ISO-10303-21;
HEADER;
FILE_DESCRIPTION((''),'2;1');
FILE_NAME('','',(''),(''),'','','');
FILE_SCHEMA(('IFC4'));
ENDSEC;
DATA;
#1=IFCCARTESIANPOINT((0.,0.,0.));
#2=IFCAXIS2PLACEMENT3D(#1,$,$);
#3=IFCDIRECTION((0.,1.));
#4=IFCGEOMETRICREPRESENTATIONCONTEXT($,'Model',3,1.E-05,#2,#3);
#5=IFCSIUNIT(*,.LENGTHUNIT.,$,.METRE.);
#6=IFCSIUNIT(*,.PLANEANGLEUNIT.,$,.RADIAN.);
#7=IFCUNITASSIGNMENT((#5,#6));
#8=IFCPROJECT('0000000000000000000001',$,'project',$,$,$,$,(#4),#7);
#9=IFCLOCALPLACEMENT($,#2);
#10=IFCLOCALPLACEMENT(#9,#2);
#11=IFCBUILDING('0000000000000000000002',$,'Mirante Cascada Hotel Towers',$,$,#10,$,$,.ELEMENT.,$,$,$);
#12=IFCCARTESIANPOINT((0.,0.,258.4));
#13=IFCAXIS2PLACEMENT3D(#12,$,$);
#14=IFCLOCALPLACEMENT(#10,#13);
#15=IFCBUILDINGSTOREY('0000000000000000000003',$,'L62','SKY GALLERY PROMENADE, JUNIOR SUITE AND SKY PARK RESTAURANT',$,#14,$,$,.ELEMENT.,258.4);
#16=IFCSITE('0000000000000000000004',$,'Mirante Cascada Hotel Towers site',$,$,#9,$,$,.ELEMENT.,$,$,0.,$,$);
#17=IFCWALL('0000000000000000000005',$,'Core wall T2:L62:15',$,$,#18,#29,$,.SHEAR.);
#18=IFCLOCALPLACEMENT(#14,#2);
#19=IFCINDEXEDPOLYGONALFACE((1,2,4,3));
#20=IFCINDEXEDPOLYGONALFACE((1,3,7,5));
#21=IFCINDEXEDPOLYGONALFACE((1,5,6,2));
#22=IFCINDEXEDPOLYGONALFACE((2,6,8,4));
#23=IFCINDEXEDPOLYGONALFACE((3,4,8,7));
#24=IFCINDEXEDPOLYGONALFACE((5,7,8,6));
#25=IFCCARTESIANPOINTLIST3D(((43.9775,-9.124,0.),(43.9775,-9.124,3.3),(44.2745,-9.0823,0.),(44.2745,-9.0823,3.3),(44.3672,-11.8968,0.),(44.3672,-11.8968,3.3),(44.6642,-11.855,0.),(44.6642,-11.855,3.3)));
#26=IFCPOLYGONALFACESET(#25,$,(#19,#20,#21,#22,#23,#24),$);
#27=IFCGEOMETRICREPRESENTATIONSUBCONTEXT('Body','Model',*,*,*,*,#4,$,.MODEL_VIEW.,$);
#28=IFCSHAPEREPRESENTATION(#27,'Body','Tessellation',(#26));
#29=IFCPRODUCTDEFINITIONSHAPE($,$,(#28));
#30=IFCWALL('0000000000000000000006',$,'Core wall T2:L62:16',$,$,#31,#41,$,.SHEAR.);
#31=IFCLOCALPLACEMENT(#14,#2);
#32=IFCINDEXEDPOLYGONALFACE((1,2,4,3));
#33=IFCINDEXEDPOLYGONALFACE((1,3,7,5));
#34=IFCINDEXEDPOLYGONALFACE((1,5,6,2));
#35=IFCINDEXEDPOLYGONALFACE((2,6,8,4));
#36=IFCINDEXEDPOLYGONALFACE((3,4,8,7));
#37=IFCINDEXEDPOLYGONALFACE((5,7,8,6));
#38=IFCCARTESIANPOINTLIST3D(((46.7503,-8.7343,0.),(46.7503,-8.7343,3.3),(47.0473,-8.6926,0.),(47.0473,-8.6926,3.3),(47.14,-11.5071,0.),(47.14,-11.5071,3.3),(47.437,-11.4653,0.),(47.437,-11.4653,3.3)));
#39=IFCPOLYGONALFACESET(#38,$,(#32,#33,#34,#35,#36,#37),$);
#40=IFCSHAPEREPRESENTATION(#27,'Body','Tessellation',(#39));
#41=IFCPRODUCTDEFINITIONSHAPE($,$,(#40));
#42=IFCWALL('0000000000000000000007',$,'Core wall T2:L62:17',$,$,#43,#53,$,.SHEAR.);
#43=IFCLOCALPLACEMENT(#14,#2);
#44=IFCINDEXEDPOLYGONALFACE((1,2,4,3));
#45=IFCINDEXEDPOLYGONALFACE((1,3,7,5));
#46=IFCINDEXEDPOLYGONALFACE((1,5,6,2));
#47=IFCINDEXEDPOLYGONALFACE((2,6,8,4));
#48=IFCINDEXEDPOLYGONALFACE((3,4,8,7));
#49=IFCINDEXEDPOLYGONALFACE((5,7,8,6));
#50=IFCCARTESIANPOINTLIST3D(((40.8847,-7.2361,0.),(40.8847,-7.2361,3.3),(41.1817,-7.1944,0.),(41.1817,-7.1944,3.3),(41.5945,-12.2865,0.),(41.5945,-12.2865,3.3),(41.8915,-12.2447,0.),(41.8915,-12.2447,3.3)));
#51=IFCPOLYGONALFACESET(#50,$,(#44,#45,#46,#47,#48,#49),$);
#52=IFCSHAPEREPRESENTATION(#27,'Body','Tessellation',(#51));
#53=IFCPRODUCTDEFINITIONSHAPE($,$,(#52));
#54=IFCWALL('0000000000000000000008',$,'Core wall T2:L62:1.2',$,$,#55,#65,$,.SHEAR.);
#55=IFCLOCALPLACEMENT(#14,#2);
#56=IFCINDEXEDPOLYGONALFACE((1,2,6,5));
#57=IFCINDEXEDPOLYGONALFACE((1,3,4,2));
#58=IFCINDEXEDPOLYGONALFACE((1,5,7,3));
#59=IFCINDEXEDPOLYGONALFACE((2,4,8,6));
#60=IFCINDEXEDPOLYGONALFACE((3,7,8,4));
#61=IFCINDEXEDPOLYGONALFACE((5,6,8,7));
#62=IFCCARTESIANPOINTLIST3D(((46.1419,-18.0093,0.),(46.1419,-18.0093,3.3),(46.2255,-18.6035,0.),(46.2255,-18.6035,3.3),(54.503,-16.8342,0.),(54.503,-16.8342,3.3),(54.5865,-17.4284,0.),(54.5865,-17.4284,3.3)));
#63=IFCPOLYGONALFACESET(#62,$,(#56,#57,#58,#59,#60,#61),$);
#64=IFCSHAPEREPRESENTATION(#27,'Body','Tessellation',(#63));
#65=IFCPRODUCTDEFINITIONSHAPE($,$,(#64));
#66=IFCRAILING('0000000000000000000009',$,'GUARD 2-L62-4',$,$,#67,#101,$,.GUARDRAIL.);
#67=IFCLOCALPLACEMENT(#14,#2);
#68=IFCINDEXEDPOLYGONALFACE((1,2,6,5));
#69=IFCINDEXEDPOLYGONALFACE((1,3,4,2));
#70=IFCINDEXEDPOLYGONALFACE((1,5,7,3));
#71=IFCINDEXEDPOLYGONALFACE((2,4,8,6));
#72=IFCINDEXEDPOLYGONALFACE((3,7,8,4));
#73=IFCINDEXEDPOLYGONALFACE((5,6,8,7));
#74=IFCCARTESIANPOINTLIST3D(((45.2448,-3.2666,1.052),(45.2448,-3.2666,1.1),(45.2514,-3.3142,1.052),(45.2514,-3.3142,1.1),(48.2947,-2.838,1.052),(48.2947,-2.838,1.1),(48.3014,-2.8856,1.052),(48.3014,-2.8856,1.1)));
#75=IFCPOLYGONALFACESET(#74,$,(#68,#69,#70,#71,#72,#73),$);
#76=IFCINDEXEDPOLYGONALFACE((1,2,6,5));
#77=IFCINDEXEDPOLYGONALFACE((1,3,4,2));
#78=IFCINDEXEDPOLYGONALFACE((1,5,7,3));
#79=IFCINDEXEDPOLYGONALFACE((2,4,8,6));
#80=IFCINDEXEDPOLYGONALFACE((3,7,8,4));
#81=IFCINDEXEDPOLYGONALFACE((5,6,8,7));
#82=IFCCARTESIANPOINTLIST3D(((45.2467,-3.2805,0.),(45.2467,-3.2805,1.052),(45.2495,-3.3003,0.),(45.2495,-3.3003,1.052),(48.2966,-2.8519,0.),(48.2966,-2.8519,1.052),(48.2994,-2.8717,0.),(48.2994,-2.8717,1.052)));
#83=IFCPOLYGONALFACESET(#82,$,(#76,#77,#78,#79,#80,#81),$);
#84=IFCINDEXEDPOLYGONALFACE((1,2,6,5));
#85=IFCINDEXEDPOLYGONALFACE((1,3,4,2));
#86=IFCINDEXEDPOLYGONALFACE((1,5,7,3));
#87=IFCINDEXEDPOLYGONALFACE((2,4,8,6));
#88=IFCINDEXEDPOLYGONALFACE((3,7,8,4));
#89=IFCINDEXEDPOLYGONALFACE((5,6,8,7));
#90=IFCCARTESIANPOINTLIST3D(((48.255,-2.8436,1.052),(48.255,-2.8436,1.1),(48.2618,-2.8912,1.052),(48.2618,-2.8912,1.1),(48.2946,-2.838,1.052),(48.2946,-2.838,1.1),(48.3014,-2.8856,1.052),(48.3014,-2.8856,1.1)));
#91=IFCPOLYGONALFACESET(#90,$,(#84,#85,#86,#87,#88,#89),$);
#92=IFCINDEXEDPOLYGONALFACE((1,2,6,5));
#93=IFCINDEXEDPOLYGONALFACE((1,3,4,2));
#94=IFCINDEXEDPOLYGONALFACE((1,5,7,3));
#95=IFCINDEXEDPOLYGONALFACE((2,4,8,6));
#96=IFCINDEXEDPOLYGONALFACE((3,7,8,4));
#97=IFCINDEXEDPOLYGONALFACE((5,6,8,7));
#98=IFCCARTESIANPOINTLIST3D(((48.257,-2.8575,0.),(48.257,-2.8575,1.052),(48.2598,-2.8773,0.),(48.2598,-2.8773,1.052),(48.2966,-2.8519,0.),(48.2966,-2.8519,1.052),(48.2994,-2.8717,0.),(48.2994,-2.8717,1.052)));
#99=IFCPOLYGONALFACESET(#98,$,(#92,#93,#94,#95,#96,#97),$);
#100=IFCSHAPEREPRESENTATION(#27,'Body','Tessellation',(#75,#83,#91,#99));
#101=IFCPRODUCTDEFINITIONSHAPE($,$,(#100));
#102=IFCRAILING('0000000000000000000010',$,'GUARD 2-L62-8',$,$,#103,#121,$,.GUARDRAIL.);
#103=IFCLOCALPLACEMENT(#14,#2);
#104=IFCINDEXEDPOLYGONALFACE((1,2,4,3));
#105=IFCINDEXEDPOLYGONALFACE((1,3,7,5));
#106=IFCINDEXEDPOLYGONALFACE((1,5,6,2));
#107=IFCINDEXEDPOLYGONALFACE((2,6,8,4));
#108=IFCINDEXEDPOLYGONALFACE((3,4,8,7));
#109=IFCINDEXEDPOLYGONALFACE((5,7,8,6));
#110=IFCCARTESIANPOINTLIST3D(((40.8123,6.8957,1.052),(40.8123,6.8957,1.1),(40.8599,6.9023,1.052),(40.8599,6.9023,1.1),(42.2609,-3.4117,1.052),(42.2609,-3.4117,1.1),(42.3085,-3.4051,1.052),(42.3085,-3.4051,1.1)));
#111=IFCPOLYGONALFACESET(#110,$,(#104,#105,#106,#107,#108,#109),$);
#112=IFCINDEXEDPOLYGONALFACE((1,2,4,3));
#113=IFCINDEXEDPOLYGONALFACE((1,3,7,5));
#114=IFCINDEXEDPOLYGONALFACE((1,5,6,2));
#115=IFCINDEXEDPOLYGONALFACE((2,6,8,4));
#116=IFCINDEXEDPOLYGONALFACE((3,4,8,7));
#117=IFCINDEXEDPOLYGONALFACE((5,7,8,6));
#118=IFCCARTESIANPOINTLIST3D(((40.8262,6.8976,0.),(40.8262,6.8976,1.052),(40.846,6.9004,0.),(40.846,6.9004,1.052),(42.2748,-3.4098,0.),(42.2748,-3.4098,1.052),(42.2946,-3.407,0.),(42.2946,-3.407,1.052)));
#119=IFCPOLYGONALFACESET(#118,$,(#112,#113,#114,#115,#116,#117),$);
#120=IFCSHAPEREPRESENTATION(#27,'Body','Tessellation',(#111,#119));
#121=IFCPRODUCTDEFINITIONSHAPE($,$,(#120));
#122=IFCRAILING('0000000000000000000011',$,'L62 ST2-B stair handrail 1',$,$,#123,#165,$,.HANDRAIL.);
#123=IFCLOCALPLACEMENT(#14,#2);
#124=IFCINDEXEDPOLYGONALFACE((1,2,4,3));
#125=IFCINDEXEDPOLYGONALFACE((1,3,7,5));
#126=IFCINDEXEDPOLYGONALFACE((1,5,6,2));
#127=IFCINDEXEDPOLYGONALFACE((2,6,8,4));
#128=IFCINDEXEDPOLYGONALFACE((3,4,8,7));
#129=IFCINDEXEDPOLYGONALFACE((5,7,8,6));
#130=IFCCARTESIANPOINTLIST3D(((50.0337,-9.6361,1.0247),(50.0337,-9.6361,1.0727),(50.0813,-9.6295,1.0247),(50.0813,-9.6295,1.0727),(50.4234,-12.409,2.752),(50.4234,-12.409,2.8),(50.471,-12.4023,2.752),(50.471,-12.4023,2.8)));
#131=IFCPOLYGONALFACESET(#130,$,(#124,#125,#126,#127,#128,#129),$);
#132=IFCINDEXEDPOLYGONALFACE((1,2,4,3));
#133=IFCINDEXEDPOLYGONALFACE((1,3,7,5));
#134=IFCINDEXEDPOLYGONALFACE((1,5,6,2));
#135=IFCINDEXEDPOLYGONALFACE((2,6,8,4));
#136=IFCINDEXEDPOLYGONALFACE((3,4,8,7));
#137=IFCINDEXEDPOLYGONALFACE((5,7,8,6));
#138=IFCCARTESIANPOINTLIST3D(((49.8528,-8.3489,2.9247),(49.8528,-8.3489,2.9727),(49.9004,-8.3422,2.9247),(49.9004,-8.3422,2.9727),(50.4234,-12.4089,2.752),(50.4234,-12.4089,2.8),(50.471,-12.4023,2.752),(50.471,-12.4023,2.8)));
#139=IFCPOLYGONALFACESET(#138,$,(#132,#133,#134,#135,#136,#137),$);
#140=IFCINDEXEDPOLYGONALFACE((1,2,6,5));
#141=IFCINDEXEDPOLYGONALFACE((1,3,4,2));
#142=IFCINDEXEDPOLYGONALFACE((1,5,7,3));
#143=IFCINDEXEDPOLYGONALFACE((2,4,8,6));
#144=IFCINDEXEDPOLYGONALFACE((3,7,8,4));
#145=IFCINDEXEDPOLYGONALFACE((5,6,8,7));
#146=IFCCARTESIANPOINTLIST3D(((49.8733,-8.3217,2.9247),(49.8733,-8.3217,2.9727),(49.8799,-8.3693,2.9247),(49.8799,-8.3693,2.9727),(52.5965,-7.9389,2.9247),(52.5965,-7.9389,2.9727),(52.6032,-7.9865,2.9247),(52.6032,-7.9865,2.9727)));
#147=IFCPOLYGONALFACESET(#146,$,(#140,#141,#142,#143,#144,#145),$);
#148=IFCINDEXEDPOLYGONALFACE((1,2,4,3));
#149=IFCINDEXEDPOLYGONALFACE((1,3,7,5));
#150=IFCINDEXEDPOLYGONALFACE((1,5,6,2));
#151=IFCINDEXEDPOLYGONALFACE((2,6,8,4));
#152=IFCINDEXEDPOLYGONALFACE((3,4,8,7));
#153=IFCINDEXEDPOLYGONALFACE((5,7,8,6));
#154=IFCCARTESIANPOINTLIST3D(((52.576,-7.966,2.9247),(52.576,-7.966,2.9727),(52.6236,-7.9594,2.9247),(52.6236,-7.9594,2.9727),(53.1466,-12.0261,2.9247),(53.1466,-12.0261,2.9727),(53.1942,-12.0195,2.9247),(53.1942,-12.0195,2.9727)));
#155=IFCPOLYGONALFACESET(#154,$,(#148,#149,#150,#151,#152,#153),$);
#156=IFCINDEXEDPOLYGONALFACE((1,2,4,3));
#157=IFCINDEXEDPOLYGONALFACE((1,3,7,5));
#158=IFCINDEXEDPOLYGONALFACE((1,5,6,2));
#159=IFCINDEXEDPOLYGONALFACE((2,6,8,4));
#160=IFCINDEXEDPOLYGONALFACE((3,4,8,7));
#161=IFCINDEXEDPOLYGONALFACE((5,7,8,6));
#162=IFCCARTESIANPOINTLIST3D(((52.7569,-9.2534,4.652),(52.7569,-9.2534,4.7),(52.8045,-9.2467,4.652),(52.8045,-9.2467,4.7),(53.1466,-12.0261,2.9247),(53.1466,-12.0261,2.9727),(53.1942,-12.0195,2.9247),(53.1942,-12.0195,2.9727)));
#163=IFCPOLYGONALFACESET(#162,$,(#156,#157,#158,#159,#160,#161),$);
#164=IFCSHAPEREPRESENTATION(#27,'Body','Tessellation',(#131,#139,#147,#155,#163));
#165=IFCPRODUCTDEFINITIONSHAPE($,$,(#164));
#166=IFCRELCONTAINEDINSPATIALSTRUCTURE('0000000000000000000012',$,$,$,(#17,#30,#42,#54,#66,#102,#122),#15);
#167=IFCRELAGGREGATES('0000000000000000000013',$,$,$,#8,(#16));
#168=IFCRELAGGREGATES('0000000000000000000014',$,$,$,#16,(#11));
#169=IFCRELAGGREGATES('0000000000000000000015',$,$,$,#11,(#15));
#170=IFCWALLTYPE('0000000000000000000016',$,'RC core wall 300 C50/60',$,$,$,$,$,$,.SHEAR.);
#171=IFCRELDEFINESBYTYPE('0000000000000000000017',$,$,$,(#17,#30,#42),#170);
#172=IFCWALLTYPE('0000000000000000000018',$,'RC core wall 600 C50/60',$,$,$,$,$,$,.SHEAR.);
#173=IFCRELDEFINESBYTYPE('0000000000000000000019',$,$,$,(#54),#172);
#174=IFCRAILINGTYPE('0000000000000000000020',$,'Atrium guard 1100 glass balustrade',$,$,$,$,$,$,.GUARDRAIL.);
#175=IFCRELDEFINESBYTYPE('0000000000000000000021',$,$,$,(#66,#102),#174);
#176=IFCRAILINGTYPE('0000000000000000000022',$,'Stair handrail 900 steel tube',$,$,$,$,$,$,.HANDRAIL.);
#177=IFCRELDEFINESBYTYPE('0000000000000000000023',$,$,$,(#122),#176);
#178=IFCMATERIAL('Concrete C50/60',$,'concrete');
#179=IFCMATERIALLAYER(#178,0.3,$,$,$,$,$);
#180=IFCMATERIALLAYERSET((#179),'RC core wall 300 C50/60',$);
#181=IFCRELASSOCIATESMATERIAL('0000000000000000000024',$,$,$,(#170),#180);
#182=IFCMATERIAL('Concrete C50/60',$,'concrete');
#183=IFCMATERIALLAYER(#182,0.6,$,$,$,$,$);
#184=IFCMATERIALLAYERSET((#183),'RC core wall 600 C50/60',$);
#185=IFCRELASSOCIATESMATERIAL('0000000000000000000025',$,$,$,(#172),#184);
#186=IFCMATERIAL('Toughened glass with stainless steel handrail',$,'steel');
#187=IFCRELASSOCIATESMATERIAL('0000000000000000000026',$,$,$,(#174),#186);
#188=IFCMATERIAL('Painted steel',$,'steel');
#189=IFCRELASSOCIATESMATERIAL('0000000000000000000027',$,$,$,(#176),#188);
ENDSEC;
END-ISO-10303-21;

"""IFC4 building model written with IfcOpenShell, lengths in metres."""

from ifc_helpers import new_model, si_unit, direction, frame, frame_2d, origin, origin_2d, place, context, subcontext, project, spatial, rectangle, extrude, material, layer, layer_set, type_object, element, save


model = new_model("IFC4")

# Units and contexts
model_context = context("Model", 3, precision=1e-05, world=origin(), true_north=direction((0.0, 1.0)))
body_context = subcontext(model_context, "Body", "Model", "MODEL_VIEW")
ifc_project = project(units=[si_unit("LENGTHUNIT", "METRE"), si_unit("PLANEANGLEUNIT", "RADIAN")], contexts=[model_context])

# Site, building, storey
site_placement = place(None, origin())
site = spatial("IfcSite", under=ifc_project, at=site_placement, Name="Mirante Cascada Hotel Towers site", CompositionType="ELEMENT", RefElevation=0.0)
building_placement = place(site_placement, origin())
building = spatial("IfcBuilding", under=site, at=building_placement, Name="Mirante Cascada Hotel Towers", CompositionType="ELEMENT")
storey_placement = place(building_placement, frame((0.0, 0.0, 258.4)))
storey = spatial("IfcBuildingStorey", under=building, at=storey_placement, Name="L62", Description="SKY GALLERY PROMENADE, JUNIOR SUITE AND SKY PARK RESTAURANT", CompositionType="ELEMENT", Elevation=258.4)

# Shared definitions
ifc_material_1 = material(Name="Concrete C50/60", Category="concrete")
ifc_layer_1 = layer(ifc_material_1, 0.3)
ifc_layer_set_1 = layer_set([ifc_layer_1], Name="RC core wall 300 C50/60")
wall_type_1 = type_object("IfcWallType", Name="RC core wall 300 C50/60", PredefinedType="SHEAR", material=ifc_layer_set_1)

# Walls
for number, where, z_axis, x_axis, name in (
    (1, (44.5157, -11.8759, 0.0), (0.0, 0.0, 1.0), (-0.139181, 0.990267, 0.0), "Core wall T2:L62:15"),
    (2, (47.2885, -11.4862, 0.0), (0.0, 0.0, 1.0), (-0.139181, 0.990267, 0.0), "Core wall T2:L62:16"),
):
    element("IfcWall", number, at=place(storey_placement, frame(where, z_axis=z_axis, x_axis=x_axis)), inside=storey, type_object=wall_type_1, Name=name, PredefinedType="SHEAR", context=body_context, shape_type="SweptSolid", body=[
        extrude(rectangle(XDim=2.8, YDim=0.3, at=frame_2d((1.4, 0.0))), origin(), (0.0, 0.0, 1.0), 3.3),
    ])
wall_1_placement = place(storey_placement, frame((41.743, -12.2656, 0.0), z_axis=(0.0, 0.0, 1.0), x_axis=(-0.139176, 0.990268, 0.0)))
element("IfcWall", 3, at=wall_1_placement, inside=storey, type_object=wall_type_1, Name="Core wall T2:L62:17", PredefinedType="SHEAR", context=body_context, shape_type="SweptSolid", body=[
    extrude(rectangle(XDim=5.1, YDim=0.3, at=frame_2d((2.55, 0.0))), origin(), (0.0, 0.0, 1.0), 3.3),
])
ifc_material_2 = material(Name="Concrete C50/60", Category="concrete")
ifc_layer_2 = layer(ifc_material_2, 0.6)
ifc_layer_set_2 = layer_set([ifc_layer_2], Name="RC core wall 600 C50/60")
wall_type_2 = type_object("IfcWallType", Name="RC core wall 600 C50/60", PredefinedType="SHEAR", material=ifc_layer_set_2)
wall_2_placement = place(storey_placement, frame((46.1837, -18.3064, 0.0), z_axis=(0.0, 0.0, 1.0), x_axis=(0.990267, 0.139178, 0.0)))
element("IfcWall", 4, at=wall_2_placement, inside=storey, type_object=wall_type_2, Name="Core wall T2:L62:1.2", PredefinedType="SHEAR", context=body_context, shape_type="SweptSolid", body=[
    extrude(rectangle(XDim=8.4432, YDim=0.6, at=frame_2d((4.2216, 0.0))), origin(), (0.0, 0.0, 1.0), 3.3),
])

# Railings
ifc_material_3 = material(Name="Toughened glass with stainless steel handrail", Category="steel")
railing_type_1 = type_object("IfcRailingType", Name="Atrium guard 1100 glass balustrade", PredefinedType="GUARDRAIL", material=ifc_material_3)
railing_1_placement = place(storey_placement, frame((45.2481, -3.2904, 0.0)))
element("IfcRailing", 5, at=railing_1_placement, inside=storey, type_object=railing_type_1, Name="GUARD 2-L62-4", PredefinedType="GUARDRAIL", context=body_context, shape_type="SweptSolid", body=[
    extrude(rectangle(XDim=0.048, YDim=0.048, at=origin_2d()), frame((0.0, 0.0, 1.076), z_axis=(0.99027, 0.139162, 0.0), x_axis=(-0.139162, 0.99027, 0.0)), (0.0, 0.0, 1.0), 3.0799),
    extrude(rectangle(XDim=0.02, YDim=1.052, at=origin_2d()), frame((0.0, 0.0, 0.526), z_axis=(0.99027, 0.139162, 0.0), x_axis=(-0.139162, 0.99027, 0.0)), (0.0, 0.0, 1.0), 3.0799),
    extrude(rectangle(XDim=0.048, YDim=0.048, at=origin_2d()), frame((3.0499, 0.4286, 1.076), z_axis=(-0.990148, -0.140021, 0.0), x_axis=(0.140021, -0.990148, 0.0)), (0.0, 0.0, 1.0), 0.04),
    extrude(rectangle(XDim=0.02, YDim=1.052, at=origin_2d()), frame((3.0499, 0.4286, 0.526), z_axis=(-0.990148, -0.140021, 0.0), x_axis=(0.140021, -0.990148, 0.0)), (0.0, 0.0, 1.0), 0.04),
])
railing_2_placement = place(storey_placement, frame((42.2847, -3.4084, 0.0)))
element("IfcRailing", 6, at=railing_2_placement, inside=storey, type_object=railing_type_1, Name="GUARD 2-L62-8", PredefinedType="GUARDRAIL", context=body_context, shape_type="SweptSolid", body=[
    extrude(rectangle(XDim=0.048, YDim=0.048, at=origin_2d()), frame((0.0, 0.0, 1.076), z_axis=(-0.139172, 0.990268, 0.0), x_axis=(-0.990268, -0.139172, 0.0)), (0.0, 0.0, 1.0), 10.4087),
    extrude(rectangle(XDim=0.02, YDim=1.052, at=origin_2d()), frame((0.0, 0.0, 0.526), z_axis=(-0.139172, 0.990268, 0.0), x_axis=(-0.990268, -0.139172, 0.0)), (0.0, 0.0, 1.0), 10.4087),
])
ifc_material_4 = material(Name="Painted steel", Category="steel")
railing_type_2 = type_object("IfcRailingType", Name="Stair handrail 900 steel tube", PredefinedType="HANDRAIL", material=ifc_material_4)
railing_3_placement = place(storey_placement, frame((50.0575, -9.6328, 0.1727)))
element("IfcRailing", 7, at=railing_3_placement, inside=storey, type_object=railing_type_2, Name="L62 ST2-B stair handrail 1", PredefinedType="HANDRAIL", context=body_context, shape_type="SweptSolid", body=[
    extrude(rectangle(XDim=0.048, YDim=0.048, at=origin_2d()), frame((0.0, 0.0, 0.876), z_axis=(0.139176, -0.990268, 0.0), x_axis=(0.990268, 0.139176, 0.0)), (0.0, 0.525021, 0.851089), 3.29),
    extrude(rectangle(XDim=0.048, YDim=0.048, at=origin_2d()), frame((0.3897, -2.7728, 2.6033), z_axis=(-0.139171, 0.990268, 0.0), x_axis=(-0.990268, -0.139171, 0.0)), (0.0, 0.042085, 0.999114), 4.1036),
    extrude(rectangle(XDim=0.048, YDim=0.048, at=origin_2d()), frame((-0.1809, 1.2873, 2.776), z_axis=(0.990264, 0.139201, 0.0), x_axis=(-0.139201, 0.990264, 0.0)), (0.0, 0.0, 1.0), 2.75),
    extrude(rectangle(XDim=0.048, YDim=0.048, at=origin_2d()), frame((2.5423, 1.6701, 2.776), z_axis=(0.139171, -0.990268, 0.0), x_axis=(0.990268, 0.139171, 0.0)), (0.0, 0.0, 1.0), 4.1),
    extrude(rectangle(XDim=0.048, YDim=0.048, at=origin_2d()), frame((3.1129, -2.39, 2.776), z_axis=(-0.139181, 0.990267, 0.0), x_axis=(-0.990267, -0.139181, 0.0)), (0.0, 0.525035, 0.851081), 3.2899),
])

save(model, "model.ifc")
